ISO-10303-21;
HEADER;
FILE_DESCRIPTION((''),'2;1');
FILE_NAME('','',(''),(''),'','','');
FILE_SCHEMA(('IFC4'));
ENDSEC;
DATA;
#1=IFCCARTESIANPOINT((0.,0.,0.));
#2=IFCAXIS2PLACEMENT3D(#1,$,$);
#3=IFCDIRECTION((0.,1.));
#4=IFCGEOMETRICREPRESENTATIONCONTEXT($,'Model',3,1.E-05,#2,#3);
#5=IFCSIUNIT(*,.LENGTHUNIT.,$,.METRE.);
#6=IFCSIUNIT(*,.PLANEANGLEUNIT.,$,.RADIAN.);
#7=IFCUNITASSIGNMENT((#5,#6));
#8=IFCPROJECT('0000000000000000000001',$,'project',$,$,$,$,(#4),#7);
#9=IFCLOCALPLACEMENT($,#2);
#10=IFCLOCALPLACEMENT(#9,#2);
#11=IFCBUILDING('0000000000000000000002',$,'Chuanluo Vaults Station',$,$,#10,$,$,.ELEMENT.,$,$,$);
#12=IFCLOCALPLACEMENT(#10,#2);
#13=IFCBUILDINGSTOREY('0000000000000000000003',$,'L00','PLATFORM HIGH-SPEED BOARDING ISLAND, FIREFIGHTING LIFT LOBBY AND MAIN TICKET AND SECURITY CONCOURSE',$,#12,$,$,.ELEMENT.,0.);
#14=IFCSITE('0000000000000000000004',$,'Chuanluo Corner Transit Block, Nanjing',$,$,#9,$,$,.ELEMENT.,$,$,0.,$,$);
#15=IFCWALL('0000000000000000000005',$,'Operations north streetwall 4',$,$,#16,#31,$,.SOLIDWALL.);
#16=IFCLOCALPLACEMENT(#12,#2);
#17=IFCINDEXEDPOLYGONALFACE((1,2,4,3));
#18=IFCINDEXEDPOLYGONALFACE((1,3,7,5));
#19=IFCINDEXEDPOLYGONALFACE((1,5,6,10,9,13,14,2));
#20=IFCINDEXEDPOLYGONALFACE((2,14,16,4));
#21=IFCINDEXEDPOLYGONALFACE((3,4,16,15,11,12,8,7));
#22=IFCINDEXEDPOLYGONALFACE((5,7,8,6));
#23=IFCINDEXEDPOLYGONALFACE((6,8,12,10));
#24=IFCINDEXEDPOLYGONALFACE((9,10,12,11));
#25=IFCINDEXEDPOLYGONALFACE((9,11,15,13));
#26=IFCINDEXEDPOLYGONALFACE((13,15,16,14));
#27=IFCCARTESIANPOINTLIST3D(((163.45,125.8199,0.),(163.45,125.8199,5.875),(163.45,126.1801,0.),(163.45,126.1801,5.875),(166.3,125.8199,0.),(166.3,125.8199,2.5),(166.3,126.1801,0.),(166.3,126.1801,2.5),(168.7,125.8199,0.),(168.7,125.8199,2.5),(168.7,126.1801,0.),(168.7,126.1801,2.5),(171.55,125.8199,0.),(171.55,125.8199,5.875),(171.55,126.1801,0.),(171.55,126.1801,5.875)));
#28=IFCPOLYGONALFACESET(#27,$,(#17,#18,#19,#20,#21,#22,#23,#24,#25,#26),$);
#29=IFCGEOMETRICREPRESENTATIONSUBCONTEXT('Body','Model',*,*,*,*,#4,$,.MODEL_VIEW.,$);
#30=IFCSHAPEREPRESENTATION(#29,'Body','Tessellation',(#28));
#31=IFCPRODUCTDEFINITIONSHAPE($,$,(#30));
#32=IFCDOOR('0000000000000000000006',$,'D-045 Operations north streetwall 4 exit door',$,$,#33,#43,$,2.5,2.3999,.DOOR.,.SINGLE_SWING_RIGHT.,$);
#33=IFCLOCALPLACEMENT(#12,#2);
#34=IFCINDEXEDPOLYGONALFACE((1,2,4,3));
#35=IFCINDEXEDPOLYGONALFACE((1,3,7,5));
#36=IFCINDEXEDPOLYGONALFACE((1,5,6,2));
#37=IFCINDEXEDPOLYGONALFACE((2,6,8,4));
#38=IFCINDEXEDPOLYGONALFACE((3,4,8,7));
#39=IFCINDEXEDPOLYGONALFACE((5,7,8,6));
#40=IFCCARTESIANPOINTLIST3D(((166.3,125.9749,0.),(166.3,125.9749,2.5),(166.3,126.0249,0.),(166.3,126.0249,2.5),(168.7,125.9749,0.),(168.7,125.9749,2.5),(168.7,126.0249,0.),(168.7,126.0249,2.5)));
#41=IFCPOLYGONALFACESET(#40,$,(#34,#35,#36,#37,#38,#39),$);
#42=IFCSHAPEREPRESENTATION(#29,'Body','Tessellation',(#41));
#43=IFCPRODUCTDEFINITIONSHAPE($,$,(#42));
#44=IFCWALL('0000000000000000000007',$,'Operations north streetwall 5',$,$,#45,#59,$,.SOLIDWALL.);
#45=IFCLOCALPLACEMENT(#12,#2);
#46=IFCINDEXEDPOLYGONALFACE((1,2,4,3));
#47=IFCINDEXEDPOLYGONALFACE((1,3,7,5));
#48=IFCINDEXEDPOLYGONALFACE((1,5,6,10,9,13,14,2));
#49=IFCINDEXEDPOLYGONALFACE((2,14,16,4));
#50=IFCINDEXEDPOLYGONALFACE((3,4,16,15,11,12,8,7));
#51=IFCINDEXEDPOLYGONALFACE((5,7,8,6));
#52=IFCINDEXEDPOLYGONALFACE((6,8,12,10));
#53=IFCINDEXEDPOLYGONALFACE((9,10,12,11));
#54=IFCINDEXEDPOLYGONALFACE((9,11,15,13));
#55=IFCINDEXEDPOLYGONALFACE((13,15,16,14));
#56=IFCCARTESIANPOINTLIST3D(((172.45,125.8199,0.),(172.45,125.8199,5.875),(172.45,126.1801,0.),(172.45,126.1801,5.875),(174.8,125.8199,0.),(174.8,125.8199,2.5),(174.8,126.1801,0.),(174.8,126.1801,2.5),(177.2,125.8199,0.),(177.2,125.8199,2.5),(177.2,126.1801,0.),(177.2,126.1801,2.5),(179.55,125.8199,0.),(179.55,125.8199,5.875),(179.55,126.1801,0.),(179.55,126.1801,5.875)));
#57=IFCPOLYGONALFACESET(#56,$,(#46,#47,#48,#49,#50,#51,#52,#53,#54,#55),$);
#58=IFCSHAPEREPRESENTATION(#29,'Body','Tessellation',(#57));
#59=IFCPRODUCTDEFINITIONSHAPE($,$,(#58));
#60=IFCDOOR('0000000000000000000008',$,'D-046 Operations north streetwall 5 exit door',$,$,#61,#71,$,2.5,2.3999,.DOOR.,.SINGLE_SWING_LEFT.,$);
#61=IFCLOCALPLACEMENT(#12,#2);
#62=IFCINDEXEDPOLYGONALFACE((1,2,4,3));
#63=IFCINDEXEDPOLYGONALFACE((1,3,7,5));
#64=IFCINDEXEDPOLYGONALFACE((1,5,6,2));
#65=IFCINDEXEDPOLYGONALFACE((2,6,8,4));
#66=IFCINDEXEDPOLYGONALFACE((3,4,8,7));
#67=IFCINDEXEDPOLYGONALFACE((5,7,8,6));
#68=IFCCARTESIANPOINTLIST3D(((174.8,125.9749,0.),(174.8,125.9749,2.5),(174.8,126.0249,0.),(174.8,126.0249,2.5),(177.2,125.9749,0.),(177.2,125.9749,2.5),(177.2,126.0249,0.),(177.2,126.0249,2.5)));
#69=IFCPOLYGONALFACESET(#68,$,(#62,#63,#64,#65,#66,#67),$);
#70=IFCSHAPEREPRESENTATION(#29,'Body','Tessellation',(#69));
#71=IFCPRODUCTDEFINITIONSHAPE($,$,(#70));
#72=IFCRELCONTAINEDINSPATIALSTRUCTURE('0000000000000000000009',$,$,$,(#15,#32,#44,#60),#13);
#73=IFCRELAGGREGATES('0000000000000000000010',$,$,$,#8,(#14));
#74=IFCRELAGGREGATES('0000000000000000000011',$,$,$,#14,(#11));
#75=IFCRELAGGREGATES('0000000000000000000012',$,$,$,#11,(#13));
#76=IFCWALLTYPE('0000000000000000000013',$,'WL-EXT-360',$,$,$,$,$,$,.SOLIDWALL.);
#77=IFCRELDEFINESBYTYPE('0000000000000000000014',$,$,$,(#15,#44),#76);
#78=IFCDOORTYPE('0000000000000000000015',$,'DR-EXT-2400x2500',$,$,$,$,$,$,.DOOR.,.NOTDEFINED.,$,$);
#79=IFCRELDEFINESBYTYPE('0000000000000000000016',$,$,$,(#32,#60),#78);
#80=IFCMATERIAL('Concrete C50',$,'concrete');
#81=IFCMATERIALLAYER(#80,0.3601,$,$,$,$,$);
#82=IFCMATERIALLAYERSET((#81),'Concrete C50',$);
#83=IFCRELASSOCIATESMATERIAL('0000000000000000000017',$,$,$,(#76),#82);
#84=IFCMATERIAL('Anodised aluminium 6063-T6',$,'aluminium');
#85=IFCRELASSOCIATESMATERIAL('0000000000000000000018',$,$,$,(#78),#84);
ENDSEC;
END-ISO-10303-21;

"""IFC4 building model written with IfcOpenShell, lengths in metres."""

from ifc_helpers import new_model, si_unit, direction, frame, frame_2d, origin, place, context, subcontext, project, spatial, rectangle, extrude, material, layer, layer_set, type_object, element, fill, save


model = new_model("IFC4")

# Units and contexts
model_context = context("Model", 3, precision=1e-05, world=origin(), true_north=direction((0.0, 1.0)))
body_context = subcontext(model_context, "Body", "Model", "MODEL_VIEW")
ifc_project = project(units=[si_unit("LENGTHUNIT", "METRE"), si_unit("PLANEANGLEUNIT", "RADIAN")], contexts=[model_context])

# Site, building, storey
site_placement = place(None, origin())
site = spatial("IfcSite", under=ifc_project, at=site_placement, Name="Chuanluo Corner Transit Block, Nanjing", CompositionType="ELEMENT", RefElevation=0.0)
building_placement = place(site_placement, origin())
building = spatial("IfcBuilding", under=site, at=building_placement, Name="Chuanluo Vaults Station", CompositionType="ELEMENT")
storey_placement = place(building_placement, origin())
storey = spatial("IfcBuildingStorey", under=building, at=storey_placement, Name="L00", Description="PLATFORM HIGH-SPEED BOARDING ISLAND, FIREFIGHTING LIFT LOBBY AND MAIN TICKET AND SECURITY CONCOURSE", CompositionType="ELEMENT", Elevation=0.0)

# Walls, openings, doors
ifc_material_1 = material(Name="Concrete C50", Category="concrete")
ifc_layer_1 = layer(ifc_material_1, 0.3601)
ifc_layer_set_1 = layer_set([ifc_layer_1], Name="Concrete C50")
wall_type_1 = type_object("IfcWallType", Name="WL-EXT-360", PredefinedType="SOLIDWALL", material=ifc_layer_set_1)
ifc_material_2 = material(Name="Anodised aluminium 6063-T6", Category="aluminium")
door_type = type_object("IfcDoorType", Name="DR-EXT-2400x2500", OperationType="NOTDEFINED", PredefinedType="DOOR", material=ifc_material_2)
wall_1_placement = place(storey_placement, frame((163.45, 126.0, 0.0), z_axis=(0.0, 0.0, 1.0), x_axis=(1.0, 0.0, 0.0)))
wall_1 = element("IfcWall", 1, at=wall_1_placement, inside=storey, type_object=wall_type_1, Name="Operations north streetwall 4", PredefinedType="SOLIDWALL", context=body_context, shape_type="SweptSolid", body=[
    extrude(rectangle(XDim=8.1001, YDim=0.3601, at=frame_2d((4.05, 0.0))), origin(), (0.0, 0.0, 1.0), 5.875),
])
opening_1_placement = place(wall_1_placement, frame((2.8501, 0.0, 0.0)))
opening_1 = element("IfcOpeningElement", 2, at=opening_1_placement, cuts=wall_1, PredefinedType="OPENING", context=body_context, shape_type="SweptSolid", body=[
    extrude(rectangle(XDim=2.3999, YDim=2.5, at=frame_2d((1.2, 1.25))), frame((0.0, 0.1902, 0.0), z_axis=(0.0, -1.0, 0.0), x_axis=(1.0, 0.0, 0.0)), (0.0, 0.0, 1.0), 0.3801),
])
door_1_placement = place(opening_1_placement, origin())
door_1 = element("IfcDoor", 3, at=door_1_placement, inside=storey, type_object=door_type, Name="D-045 Operations north streetwall 4 exit door", OperationType="SINGLE_SWING_RIGHT", OverallHeight=2.5, OverallWidth=2.3999, PredefinedType="DOOR", context=body_context, shape_type="SweptSolid", body=[
    extrude(rectangle(XDim=2.3999, YDim=2.5, at=frame_2d((1.2, 1.25))), frame((0.0, 0.0249, 0.0), z_axis=(0.0, -1.0, 0.0), x_axis=(1.0, 0.0, 0.0)), (0.0, 0.0, 1.0), 0.05),
])
fill(opening_1, door_1)
wall_2_placement = place(storey_placement, frame((172.45, 126.0, 0.0), z_axis=(0.0, 0.0, 1.0), x_axis=(1.0, 0.0, 0.0)))
wall_2 = element("IfcWall", 4, at=wall_2_placement, inside=storey, type_object=wall_type_1, Name="Operations north streetwall 5", PredefinedType="SOLIDWALL", context=body_context, shape_type="SweptSolid", body=[
    extrude(rectangle(XDim=7.1001, YDim=0.3601, at=frame_2d((3.55, 0.0))), origin(), (0.0, 0.0, 1.0), 5.875),
])
opening_2_placement = place(wall_2_placement, frame((2.3501, 0.0, 0.0)))
opening_2 = element("IfcOpeningElement", 5, at=opening_2_placement, cuts=wall_2, PredefinedType="OPENING", context=body_context, shape_type="SweptSolid", body=[
    extrude(rectangle(XDim=2.3999, YDim=2.5, at=frame_2d((1.2, 1.25))), frame((0.0, 0.1902, 0.0), z_axis=(0.0, -1.0, 0.0), x_axis=(1.0, 0.0, 0.0)), (0.0, 0.0, 1.0), 0.3801),
])
door_2_placement = place(opening_2_placement, origin())
door_2 = element("IfcDoor", 6, at=door_2_placement, inside=storey, type_object=door_type, Name="D-046 Operations north streetwall 5 exit door", OperationType="SINGLE_SWING_LEFT", OverallHeight=2.5, OverallWidth=2.3999, PredefinedType="DOOR", context=body_context, shape_type="SweptSolid", body=[
    extrude(rectangle(XDim=2.3999, YDim=2.5, at=frame_2d((1.2, 1.25))), frame((0.0, 0.0249, 0.0), z_axis=(0.0, -1.0, 0.0), x_axis=(1.0, 0.0, 0.0)), (0.0, 0.0, 1.0), 0.05),
])
fill(opening_2, door_2)

save(model, "model.ifc")
